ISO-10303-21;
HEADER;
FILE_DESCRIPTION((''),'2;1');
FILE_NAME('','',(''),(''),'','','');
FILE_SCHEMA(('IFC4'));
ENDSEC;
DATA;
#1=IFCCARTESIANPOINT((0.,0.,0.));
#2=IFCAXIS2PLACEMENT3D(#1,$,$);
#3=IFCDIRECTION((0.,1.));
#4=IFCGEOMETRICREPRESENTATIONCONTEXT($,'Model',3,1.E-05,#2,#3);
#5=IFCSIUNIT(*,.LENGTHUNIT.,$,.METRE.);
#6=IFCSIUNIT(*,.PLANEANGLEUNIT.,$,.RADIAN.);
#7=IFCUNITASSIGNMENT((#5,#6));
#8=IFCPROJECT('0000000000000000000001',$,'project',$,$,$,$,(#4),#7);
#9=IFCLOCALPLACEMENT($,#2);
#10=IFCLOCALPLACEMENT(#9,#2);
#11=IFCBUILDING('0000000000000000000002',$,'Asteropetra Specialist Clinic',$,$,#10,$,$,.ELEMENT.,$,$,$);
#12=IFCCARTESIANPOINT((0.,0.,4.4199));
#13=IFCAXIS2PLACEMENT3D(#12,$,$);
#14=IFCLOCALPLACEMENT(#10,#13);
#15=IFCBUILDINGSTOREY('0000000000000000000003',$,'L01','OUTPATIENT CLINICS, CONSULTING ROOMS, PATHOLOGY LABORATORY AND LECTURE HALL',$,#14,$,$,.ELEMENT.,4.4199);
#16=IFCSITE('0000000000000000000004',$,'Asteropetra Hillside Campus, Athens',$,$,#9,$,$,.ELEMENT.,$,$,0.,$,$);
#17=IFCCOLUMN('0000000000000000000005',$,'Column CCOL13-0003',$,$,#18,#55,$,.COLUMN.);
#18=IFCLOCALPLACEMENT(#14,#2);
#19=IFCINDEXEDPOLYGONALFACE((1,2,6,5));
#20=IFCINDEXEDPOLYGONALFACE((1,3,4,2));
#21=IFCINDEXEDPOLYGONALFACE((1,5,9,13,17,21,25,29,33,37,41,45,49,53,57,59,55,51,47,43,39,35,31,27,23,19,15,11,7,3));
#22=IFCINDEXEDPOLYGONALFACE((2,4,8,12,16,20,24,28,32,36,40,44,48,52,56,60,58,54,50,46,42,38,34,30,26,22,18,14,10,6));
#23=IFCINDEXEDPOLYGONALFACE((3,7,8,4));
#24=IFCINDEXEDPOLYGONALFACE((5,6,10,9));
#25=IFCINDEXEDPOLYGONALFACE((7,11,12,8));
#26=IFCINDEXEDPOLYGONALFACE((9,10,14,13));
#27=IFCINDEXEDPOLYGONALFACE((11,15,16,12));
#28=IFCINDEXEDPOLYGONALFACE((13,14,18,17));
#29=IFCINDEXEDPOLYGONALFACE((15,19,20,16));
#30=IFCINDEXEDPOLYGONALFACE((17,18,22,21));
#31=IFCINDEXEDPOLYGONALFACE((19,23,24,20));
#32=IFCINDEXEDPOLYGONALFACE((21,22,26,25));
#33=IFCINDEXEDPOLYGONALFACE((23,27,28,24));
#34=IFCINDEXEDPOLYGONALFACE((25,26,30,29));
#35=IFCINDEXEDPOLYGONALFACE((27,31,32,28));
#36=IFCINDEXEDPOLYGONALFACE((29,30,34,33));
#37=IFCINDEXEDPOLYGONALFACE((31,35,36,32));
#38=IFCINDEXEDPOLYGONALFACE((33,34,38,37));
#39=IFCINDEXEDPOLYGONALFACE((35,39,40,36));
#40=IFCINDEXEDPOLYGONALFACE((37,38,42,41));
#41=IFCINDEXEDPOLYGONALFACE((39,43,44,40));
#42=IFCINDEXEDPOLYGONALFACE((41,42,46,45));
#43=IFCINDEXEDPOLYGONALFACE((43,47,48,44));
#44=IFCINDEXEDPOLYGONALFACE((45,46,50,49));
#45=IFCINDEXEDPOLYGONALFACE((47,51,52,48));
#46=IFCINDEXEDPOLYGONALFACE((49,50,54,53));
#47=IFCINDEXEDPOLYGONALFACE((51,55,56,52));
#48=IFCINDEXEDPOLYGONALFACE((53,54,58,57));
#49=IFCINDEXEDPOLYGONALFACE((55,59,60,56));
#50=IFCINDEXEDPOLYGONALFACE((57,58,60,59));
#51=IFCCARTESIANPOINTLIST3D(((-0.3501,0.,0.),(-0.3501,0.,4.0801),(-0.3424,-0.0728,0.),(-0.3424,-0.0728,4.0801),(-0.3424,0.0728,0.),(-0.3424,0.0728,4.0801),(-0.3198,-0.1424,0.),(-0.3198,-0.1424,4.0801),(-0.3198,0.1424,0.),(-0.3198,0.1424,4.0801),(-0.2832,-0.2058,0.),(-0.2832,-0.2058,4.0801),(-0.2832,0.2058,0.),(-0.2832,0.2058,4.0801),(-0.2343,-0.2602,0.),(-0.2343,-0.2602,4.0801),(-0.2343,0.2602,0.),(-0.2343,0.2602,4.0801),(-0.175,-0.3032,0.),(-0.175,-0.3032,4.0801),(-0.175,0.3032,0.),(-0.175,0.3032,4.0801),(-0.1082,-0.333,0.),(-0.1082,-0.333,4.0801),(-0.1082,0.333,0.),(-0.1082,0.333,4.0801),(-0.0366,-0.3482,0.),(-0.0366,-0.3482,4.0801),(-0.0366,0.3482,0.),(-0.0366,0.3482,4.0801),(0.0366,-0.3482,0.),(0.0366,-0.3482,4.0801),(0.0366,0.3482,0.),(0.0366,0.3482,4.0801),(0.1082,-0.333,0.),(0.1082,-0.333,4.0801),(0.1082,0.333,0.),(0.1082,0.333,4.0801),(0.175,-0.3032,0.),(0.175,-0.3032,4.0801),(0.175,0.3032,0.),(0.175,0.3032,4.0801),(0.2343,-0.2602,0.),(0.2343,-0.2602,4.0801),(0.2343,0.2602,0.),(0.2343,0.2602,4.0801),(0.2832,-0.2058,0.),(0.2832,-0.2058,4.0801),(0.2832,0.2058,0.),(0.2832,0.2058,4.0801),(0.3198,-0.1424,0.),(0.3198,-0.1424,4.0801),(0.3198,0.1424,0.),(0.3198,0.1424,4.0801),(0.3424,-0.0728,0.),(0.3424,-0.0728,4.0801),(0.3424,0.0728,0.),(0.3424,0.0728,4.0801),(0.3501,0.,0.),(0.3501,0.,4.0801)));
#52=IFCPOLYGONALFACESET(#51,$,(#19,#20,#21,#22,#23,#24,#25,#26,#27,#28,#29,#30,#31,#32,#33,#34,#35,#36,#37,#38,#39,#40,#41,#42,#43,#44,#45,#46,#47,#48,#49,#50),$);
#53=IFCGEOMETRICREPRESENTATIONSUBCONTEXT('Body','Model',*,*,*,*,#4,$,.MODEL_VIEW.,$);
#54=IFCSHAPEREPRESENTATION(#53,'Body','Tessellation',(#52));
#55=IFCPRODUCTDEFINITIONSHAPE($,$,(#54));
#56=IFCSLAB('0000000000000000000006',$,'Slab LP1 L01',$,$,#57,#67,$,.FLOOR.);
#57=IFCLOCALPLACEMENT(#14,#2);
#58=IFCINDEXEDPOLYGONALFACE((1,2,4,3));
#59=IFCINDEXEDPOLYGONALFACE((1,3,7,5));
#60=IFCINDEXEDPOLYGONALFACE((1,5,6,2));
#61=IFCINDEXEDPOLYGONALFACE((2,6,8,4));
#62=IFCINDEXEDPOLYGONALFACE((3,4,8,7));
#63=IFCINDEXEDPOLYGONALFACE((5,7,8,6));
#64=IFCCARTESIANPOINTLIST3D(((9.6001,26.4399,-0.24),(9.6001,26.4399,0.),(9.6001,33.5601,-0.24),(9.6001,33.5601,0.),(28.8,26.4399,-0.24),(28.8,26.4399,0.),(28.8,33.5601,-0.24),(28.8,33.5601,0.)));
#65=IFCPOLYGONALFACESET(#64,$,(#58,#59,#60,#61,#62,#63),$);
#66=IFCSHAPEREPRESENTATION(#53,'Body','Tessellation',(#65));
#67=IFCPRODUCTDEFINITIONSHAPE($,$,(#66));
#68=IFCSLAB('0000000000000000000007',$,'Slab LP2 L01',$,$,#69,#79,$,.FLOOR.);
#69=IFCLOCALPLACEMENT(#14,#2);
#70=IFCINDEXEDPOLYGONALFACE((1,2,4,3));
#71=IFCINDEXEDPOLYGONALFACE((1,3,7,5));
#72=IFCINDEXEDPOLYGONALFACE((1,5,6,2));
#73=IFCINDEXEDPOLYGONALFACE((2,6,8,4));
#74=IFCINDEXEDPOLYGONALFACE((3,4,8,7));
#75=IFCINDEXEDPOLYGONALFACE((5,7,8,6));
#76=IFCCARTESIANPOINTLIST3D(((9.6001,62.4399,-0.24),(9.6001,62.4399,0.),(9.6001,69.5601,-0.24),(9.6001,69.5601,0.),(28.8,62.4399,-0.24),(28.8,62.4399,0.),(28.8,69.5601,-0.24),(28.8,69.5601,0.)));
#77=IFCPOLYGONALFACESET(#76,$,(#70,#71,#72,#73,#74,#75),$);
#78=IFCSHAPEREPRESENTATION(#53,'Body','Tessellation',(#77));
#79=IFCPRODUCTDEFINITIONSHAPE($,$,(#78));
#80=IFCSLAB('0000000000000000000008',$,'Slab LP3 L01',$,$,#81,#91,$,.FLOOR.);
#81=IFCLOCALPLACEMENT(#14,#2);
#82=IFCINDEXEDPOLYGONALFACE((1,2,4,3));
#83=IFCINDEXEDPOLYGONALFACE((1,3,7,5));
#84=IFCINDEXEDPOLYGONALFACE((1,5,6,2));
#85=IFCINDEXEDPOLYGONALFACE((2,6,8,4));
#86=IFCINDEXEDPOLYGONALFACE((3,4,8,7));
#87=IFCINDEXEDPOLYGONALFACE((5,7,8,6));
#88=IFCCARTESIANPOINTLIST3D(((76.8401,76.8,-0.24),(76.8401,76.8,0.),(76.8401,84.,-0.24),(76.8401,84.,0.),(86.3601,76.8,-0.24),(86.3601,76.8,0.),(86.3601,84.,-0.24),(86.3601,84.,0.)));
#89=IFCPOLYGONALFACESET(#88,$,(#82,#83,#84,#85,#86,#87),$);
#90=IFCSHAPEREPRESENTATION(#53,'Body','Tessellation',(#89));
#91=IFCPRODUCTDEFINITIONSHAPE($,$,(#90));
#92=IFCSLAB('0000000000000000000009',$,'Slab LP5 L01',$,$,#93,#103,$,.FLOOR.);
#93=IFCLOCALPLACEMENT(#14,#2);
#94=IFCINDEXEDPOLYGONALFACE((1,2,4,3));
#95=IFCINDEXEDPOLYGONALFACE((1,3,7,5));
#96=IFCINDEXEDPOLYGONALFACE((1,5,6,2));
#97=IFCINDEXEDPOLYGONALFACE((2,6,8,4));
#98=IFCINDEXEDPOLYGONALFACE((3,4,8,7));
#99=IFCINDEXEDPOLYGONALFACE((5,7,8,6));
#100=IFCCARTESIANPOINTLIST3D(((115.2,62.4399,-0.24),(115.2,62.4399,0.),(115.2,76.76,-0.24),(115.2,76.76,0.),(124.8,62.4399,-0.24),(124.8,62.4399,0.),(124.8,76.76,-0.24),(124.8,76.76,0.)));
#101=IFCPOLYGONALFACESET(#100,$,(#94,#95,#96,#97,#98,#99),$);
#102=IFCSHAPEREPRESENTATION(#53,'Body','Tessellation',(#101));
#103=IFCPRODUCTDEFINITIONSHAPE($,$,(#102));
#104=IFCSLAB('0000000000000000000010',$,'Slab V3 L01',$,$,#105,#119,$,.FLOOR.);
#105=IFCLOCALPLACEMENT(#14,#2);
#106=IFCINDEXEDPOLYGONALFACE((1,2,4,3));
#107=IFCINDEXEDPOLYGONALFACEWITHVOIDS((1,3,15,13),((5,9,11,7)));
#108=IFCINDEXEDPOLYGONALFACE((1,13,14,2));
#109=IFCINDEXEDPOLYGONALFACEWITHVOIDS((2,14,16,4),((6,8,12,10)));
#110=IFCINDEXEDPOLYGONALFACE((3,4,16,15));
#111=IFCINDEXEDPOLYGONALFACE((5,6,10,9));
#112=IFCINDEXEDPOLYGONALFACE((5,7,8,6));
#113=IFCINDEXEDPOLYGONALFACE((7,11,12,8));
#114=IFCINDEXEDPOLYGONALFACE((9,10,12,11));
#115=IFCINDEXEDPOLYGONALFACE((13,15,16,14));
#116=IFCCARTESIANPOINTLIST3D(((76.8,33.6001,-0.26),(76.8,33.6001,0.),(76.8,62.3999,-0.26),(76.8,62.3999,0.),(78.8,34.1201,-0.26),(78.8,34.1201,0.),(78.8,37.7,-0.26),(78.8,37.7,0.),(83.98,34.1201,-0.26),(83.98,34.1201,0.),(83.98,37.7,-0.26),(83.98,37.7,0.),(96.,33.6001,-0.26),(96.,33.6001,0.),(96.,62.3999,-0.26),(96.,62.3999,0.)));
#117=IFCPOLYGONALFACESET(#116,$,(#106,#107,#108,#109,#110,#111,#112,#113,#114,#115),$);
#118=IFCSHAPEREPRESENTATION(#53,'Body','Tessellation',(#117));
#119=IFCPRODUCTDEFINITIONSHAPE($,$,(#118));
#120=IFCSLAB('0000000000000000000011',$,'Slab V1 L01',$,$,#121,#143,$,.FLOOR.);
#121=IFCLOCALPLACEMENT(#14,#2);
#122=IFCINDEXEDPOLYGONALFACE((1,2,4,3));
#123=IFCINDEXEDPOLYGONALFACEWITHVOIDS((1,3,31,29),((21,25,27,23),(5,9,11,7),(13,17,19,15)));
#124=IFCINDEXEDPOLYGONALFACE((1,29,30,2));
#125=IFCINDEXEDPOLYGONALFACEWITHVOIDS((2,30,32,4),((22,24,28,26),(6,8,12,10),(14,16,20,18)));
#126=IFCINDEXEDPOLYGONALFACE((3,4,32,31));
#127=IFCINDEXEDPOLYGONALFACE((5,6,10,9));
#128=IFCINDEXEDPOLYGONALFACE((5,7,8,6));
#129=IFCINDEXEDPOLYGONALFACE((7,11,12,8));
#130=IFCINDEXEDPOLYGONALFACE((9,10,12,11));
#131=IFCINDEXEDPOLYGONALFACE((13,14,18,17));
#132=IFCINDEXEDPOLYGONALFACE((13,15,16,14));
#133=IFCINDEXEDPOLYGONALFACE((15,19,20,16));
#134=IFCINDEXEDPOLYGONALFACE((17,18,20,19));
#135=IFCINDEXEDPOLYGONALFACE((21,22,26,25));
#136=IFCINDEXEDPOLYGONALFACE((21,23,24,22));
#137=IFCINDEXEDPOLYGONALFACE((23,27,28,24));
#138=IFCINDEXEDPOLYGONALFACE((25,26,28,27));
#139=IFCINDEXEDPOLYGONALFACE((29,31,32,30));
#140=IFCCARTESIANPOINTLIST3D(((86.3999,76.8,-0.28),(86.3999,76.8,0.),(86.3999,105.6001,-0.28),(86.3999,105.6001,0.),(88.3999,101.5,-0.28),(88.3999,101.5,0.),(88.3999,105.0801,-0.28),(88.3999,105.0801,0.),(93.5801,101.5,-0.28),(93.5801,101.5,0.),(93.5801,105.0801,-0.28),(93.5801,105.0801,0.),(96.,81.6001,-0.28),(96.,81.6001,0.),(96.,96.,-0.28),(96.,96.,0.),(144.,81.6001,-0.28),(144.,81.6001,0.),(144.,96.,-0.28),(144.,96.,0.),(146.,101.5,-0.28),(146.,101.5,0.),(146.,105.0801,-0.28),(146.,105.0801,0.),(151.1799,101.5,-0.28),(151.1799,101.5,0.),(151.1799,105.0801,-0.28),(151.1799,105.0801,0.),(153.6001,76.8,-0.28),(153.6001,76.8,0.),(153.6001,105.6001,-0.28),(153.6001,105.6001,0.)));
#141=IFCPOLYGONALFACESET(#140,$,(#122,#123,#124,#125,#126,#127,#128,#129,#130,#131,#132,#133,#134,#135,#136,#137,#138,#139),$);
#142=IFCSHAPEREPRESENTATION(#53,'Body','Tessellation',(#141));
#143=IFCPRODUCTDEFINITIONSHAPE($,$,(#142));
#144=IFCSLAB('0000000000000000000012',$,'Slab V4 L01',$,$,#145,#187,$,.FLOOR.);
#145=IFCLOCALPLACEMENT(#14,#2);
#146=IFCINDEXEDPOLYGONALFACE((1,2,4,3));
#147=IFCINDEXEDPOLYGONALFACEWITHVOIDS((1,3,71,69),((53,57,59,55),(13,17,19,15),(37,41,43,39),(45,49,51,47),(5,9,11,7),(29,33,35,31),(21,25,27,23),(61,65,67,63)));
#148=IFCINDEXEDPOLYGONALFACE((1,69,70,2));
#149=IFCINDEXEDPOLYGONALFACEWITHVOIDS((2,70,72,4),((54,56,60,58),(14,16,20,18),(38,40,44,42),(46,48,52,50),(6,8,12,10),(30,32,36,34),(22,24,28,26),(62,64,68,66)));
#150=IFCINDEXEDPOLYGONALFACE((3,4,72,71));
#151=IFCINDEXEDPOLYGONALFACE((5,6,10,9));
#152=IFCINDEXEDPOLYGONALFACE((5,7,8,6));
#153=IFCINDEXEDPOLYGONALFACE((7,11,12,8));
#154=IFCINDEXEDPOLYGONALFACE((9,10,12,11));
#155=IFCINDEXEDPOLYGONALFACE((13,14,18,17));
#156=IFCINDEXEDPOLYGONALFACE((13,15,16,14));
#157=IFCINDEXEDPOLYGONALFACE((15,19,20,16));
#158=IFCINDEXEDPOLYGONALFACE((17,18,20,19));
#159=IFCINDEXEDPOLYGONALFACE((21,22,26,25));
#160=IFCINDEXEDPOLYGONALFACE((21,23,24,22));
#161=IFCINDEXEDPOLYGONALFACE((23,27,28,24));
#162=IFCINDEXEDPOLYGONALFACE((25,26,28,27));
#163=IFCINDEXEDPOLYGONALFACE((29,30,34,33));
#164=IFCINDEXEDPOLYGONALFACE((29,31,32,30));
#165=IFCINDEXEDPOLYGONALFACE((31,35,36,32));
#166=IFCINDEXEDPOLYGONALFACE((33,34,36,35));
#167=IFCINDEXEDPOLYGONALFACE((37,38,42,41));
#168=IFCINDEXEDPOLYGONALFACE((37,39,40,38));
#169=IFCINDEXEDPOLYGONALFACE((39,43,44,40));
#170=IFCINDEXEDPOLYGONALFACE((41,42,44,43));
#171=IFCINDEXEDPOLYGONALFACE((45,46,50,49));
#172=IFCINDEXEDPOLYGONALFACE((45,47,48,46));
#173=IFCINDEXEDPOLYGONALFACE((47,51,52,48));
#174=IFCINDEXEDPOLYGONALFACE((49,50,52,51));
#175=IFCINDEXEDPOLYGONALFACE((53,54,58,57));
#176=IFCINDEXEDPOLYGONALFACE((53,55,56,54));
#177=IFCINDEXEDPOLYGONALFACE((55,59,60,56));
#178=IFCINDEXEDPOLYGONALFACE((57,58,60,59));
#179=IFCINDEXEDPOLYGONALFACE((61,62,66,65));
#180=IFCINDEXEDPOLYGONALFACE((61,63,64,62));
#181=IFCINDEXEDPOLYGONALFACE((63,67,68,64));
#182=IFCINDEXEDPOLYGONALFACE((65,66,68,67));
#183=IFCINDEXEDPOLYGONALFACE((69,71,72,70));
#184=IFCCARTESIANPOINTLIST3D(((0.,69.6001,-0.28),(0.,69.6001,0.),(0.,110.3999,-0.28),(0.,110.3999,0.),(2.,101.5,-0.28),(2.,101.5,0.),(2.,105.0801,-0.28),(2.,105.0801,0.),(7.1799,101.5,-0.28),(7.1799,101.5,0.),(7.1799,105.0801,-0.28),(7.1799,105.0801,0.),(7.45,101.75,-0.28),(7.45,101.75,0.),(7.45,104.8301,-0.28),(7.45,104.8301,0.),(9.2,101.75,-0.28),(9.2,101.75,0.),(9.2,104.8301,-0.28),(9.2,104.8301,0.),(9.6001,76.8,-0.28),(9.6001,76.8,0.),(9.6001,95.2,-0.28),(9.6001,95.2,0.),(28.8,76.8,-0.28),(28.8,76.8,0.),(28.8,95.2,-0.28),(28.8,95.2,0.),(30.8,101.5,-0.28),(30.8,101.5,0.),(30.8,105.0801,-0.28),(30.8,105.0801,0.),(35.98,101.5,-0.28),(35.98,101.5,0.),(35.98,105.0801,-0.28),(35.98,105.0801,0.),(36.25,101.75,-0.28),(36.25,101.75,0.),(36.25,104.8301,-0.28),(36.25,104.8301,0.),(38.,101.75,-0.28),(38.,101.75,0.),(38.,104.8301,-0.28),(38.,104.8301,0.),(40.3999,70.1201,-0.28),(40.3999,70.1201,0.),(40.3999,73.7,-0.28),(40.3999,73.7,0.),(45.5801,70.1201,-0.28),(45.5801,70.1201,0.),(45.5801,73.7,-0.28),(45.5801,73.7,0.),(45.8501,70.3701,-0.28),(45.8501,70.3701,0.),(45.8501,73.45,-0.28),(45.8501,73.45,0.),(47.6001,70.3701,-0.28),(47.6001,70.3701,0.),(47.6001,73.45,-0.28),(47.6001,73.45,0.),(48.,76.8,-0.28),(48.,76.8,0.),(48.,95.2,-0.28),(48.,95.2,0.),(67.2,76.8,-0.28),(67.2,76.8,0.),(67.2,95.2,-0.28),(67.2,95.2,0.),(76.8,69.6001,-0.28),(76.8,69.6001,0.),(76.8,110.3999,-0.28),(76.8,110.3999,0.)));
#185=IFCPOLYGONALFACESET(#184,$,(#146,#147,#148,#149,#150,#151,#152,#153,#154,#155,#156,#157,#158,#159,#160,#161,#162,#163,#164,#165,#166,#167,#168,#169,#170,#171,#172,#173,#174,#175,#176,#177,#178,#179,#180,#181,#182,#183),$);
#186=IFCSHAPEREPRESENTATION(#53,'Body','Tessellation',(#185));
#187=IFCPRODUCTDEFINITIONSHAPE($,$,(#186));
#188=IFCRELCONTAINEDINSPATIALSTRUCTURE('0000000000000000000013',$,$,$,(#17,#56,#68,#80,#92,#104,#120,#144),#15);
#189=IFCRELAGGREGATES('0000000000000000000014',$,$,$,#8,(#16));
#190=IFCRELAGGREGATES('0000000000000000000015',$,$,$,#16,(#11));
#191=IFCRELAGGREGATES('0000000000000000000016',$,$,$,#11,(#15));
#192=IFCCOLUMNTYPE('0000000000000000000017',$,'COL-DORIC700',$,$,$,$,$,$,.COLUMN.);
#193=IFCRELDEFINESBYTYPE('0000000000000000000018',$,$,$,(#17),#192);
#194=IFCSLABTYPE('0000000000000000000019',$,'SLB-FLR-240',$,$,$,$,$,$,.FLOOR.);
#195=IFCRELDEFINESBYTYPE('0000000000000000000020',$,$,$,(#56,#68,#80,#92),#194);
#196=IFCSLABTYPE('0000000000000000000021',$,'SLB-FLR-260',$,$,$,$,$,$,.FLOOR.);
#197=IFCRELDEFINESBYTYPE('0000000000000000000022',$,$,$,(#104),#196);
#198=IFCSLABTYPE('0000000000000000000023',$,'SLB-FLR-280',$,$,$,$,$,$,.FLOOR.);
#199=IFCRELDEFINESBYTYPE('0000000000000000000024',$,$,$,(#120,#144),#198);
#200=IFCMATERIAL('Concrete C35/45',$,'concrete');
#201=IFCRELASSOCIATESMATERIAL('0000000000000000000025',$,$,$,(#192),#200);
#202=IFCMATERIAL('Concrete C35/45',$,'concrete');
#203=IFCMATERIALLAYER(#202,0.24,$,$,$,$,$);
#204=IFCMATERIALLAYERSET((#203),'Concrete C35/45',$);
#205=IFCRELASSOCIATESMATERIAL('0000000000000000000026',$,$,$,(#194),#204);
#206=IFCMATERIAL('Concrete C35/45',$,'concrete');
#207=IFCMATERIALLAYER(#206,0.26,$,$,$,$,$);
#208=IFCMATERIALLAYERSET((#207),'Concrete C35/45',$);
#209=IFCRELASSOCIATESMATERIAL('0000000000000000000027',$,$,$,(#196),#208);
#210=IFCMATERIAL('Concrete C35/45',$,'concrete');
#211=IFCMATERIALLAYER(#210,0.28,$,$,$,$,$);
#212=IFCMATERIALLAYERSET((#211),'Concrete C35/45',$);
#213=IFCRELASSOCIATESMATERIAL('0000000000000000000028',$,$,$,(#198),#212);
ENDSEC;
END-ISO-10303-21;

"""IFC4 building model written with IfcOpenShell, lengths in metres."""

from ifc_helpers import new_model, si_unit, direction, frame, origin, origin_with_axes, origin_2d, place, context, subcontext, project, spatial, polyline, circle, outline, extrude, material, layer, layer_set, material_profile, profile_set, type_object, element, save


model = new_model("IFC4")

# Units and contexts
model_context = context("Model", 3, precision=1e-05, world=origin(), true_north=direction((0.0, 1.0)))
body_context = subcontext(model_context, "Body", "Model", "MODEL_VIEW")
ifc_project = project(units=[si_unit("LENGTHUNIT", "METRE"), si_unit("PLANEANGLEUNIT", "RADIAN")], contexts=[model_context])

# Site, building, storey
site_placement = place(None, origin())
site = spatial("IfcSite", under=ifc_project, at=site_placement, Name="Asteropetra Hillside Campus, Athens", CompositionType="ELEMENT", RefElevation=0.0)
building_placement = place(site_placement, origin())
building = spatial("IfcBuilding", under=site, at=building_placement, Name="Asteropetra Specialist Clinic", CompositionType="ELEMENT")
storey_placement = place(building_placement, frame((0.0, 0.0, 4.4199)))
storey = spatial("IfcBuildingStorey", under=building, at=storey_placement, Name="L01", Description="OUTPATIENT CLINICS, CONSULTING ROOMS, PATHOLOGY LABORATORY AND LECTURE HALL", CompositionType="ELEMENT", Elevation=4.4199)

# Column
ifc_material_1 = material(Name="Concrete C35/45", Category="concrete")
ifc_material_profile = material_profile(ifc_material_1, circle(Radius=0.3501, at=origin_2d()), Name="RCC D700")
ifc_profile_set = profile_set([ifc_material_profile], Name="Concrete C35/45")
column_type = type_object("IfcColumnType", Name="COL-DORIC700", PredefinedType="COLUMN", material=ifc_profile_set)
column_placement = place(storey_placement, origin_with_axes())
element("IfcColumn", 1, at=column_placement, inside=storey, type_object=column_type, Name="Column CCOL13-0003", PredefinedType="COLUMN", context=body_context, shape_type="SweptSolid", body=[
    extrude(circle(Radius=0.3501, at=origin_2d()), origin(), (0.0, 0.0, 1.0), 4.0801),
])

# Slabs
ifc_material_2 = material(Name="Concrete C35/45", Category="concrete")
ifc_layer_1 = layer(ifc_material_2, 0.24)
ifc_layer_set_1 = layer_set([ifc_layer_1], Name="Concrete C35/45")
slab_type_1 = type_object("IfcSlabType", Name="SLB-FLR-240", PredefinedType="FLOOR", material=ifc_layer_set_1)
slab_1_placement = place(storey_placement, frame((0.0, 0.0, -0.24)))
element("IfcSlab", 2, at=slab_1_placement, inside=storey, type_object=slab_type_1, Name="Slab LP1 L01", PredefinedType="FLOOR", context=body_context, shape_type="SweptSolid", body=[
    extrude(outline(polyline([(9.6001, 26.4399), (28.8, 26.4399), (28.8, 33.5601), (9.6001, 33.5601), (9.6001, 26.4399)])), origin(), (0.0, 0.0, 1.0), 0.24),
])
slab_2_placement = place(storey_placement, frame((0.0, 0.0, -0.24)))
element("IfcSlab", 3, at=slab_2_placement, inside=storey, type_object=slab_type_1, Name="Slab LP2 L01", PredefinedType="FLOOR", context=body_context, shape_type="SweptSolid", body=[
    extrude(outline(polyline([(9.6001, 62.4399), (28.8, 62.4399), (28.8, 69.5601), (9.6001, 69.5601), (9.6001, 62.4399)])), origin(), (0.0, 0.0, 1.0), 0.24),
])
slab_3_placement = place(storey_placement, frame((0.0, 0.0, -0.24)))
element("IfcSlab", 4, at=slab_3_placement, inside=storey, type_object=slab_type_1, Name="Slab LP3 L01", PredefinedType="FLOOR", context=body_context, shape_type="SweptSolid", body=[
    extrude(outline(polyline([(76.8401, 76.8), (86.3601, 76.8), (86.3601, 84.0), (76.8401, 84.0), (76.8401, 76.8)])), origin(), (0.0, 0.0, 1.0), 0.24),
])
slab_4_placement = place(storey_placement, frame((0.0, 0.0, -0.24)))
element("IfcSlab", 5, at=slab_4_placement, inside=storey, type_object=slab_type_1, Name="Slab LP5 L01", PredefinedType="FLOOR", context=body_context, shape_type="SweptSolid", body=[
    extrude(outline(polyline([(115.2, 62.4399), (124.8, 62.4399), (124.8, 76.76), (115.2, 76.76), (115.2, 62.4399)])), origin(), (0.0, 0.0, 1.0), 0.24),
])
ifc_material_3 = material(Name="Concrete C35/45", Category="concrete")
ifc_layer_2 = layer(ifc_material_3, 0.26)
ifc_layer_set_2 = layer_set([ifc_layer_2], Name="Concrete C35/45")
slab_type_2 = type_object("IfcSlabType", Name="SLB-FLR-260", PredefinedType="FLOOR", material=ifc_layer_set_2)
slab_5_placement = place(storey_placement, frame((0.0, 0.0, -0.26)))
element("IfcSlab", 6, at=slab_5_placement, inside=storey, type_object=slab_type_2, Name="Slab V3 L01", PredefinedType="FLOOR", context=body_context, shape_type="SweptSolid", body=[
    extrude(outline(polyline([(76.8, 33.6001), (96.0, 33.6001), (96.0, 62.3999), (76.8, 62.3999), (76.8, 33.6001)]), holes=[polyline([(78.8, 34.1201), (83.98, 34.1201), (83.98, 37.7), (78.8, 37.7), (78.8, 34.1201)])]), origin(), (0.0, 0.0, 1.0), 0.26),
])
ifc_material_4 = material(Name="Concrete C35/45", Category="concrete")
ifc_layer_3 = layer(ifc_material_4, 0.28)
ifc_layer_set_3 = layer_set([ifc_layer_3], Name="Concrete C35/45")
slab_type_3 = type_object("IfcSlabType", Name="SLB-FLR-280", PredefinedType="FLOOR", material=ifc_layer_set_3)
slab_6_placement = place(storey_placement, frame((0.0, 0.0, -0.28)))
element("IfcSlab", 7, at=slab_6_placement, inside=storey, type_object=slab_type_3, Name="Slab V1 L01", PredefinedType="FLOOR", context=body_context, shape_type="SweptSolid", body=[
    extrude(outline(polyline([(86.3999, 76.8), (153.6001, 76.8), (153.6001, 105.6001), (86.3999, 105.6001), (86.3999, 76.8)]), holes=[polyline([(96.0, 81.6001), (144.0, 81.6001), (144.0, 96.0), (96.0, 96.0), (96.0, 81.6001)]), polyline([(88.3999, 101.5), (93.5801, 101.5), (93.5801, 105.0801), (88.3999, 105.0801), (88.3999, 101.5)]), polyline([(146.0, 101.5), (151.1799, 101.5), (151.1799, 105.0801), (146.0, 105.0801), (146.0, 101.5)])]), origin(), (0.0, 0.0, 1.0), 0.28),
])
slab_7_placement = place(storey_placement, frame((0.0, 0.0, -0.28)))
element("IfcSlab", 8, at=slab_7_placement, inside=storey, type_object=slab_type_3, Name="Slab V4 L01", PredefinedType="FLOOR", context=body_context, shape_type="SweptSolid", body=[
    extrude(outline(polyline([(0.0, 69.6001), (76.8, 69.6001), (76.8, 110.3999), (0.0, 110.3999), (0.0, 69.6001)]), holes=[polyline([(9.6001, 76.8), (28.8, 76.8), (28.8, 95.2), (9.6001, 95.2), (9.6001, 76.8)]), polyline([(48.0, 76.8), (67.2, 76.8), (67.2, 95.2), (48.0, 95.2), (48.0, 76.8)]), polyline([(2.0, 101.5), (7.1799, 101.5), (7.1799, 105.0801), (2.0, 105.0801), (2.0, 101.5)]), polyline([(7.45, 101.75), (9.2, 101.75), (9.2, 104.8301), (7.45, 104.8301), (7.45, 101.75)]), polyline([(30.8, 101.5), (35.98, 101.5), (35.98, 105.0801), (30.8, 105.0801), (30.8, 101.5)]), polyline([(36.25, 101.75), (38.0, 101.75), (38.0, 104.8301), (36.25, 104.8301), (36.25, 101.75)]), polyline([(40.3999, 70.1201), (45.5801, 70.1201), (45.5801, 73.7), (40.3999, 73.7), (40.3999, 70.1201)]), polyline([(45.8501, 70.3701), (47.6001, 70.3701), (47.6001, 73.45), (45.8501, 73.45), (45.8501, 70.3701)])]), origin(), (0.0, 0.0, 1.0), 0.28),
])

save(model, "model.ifc")
